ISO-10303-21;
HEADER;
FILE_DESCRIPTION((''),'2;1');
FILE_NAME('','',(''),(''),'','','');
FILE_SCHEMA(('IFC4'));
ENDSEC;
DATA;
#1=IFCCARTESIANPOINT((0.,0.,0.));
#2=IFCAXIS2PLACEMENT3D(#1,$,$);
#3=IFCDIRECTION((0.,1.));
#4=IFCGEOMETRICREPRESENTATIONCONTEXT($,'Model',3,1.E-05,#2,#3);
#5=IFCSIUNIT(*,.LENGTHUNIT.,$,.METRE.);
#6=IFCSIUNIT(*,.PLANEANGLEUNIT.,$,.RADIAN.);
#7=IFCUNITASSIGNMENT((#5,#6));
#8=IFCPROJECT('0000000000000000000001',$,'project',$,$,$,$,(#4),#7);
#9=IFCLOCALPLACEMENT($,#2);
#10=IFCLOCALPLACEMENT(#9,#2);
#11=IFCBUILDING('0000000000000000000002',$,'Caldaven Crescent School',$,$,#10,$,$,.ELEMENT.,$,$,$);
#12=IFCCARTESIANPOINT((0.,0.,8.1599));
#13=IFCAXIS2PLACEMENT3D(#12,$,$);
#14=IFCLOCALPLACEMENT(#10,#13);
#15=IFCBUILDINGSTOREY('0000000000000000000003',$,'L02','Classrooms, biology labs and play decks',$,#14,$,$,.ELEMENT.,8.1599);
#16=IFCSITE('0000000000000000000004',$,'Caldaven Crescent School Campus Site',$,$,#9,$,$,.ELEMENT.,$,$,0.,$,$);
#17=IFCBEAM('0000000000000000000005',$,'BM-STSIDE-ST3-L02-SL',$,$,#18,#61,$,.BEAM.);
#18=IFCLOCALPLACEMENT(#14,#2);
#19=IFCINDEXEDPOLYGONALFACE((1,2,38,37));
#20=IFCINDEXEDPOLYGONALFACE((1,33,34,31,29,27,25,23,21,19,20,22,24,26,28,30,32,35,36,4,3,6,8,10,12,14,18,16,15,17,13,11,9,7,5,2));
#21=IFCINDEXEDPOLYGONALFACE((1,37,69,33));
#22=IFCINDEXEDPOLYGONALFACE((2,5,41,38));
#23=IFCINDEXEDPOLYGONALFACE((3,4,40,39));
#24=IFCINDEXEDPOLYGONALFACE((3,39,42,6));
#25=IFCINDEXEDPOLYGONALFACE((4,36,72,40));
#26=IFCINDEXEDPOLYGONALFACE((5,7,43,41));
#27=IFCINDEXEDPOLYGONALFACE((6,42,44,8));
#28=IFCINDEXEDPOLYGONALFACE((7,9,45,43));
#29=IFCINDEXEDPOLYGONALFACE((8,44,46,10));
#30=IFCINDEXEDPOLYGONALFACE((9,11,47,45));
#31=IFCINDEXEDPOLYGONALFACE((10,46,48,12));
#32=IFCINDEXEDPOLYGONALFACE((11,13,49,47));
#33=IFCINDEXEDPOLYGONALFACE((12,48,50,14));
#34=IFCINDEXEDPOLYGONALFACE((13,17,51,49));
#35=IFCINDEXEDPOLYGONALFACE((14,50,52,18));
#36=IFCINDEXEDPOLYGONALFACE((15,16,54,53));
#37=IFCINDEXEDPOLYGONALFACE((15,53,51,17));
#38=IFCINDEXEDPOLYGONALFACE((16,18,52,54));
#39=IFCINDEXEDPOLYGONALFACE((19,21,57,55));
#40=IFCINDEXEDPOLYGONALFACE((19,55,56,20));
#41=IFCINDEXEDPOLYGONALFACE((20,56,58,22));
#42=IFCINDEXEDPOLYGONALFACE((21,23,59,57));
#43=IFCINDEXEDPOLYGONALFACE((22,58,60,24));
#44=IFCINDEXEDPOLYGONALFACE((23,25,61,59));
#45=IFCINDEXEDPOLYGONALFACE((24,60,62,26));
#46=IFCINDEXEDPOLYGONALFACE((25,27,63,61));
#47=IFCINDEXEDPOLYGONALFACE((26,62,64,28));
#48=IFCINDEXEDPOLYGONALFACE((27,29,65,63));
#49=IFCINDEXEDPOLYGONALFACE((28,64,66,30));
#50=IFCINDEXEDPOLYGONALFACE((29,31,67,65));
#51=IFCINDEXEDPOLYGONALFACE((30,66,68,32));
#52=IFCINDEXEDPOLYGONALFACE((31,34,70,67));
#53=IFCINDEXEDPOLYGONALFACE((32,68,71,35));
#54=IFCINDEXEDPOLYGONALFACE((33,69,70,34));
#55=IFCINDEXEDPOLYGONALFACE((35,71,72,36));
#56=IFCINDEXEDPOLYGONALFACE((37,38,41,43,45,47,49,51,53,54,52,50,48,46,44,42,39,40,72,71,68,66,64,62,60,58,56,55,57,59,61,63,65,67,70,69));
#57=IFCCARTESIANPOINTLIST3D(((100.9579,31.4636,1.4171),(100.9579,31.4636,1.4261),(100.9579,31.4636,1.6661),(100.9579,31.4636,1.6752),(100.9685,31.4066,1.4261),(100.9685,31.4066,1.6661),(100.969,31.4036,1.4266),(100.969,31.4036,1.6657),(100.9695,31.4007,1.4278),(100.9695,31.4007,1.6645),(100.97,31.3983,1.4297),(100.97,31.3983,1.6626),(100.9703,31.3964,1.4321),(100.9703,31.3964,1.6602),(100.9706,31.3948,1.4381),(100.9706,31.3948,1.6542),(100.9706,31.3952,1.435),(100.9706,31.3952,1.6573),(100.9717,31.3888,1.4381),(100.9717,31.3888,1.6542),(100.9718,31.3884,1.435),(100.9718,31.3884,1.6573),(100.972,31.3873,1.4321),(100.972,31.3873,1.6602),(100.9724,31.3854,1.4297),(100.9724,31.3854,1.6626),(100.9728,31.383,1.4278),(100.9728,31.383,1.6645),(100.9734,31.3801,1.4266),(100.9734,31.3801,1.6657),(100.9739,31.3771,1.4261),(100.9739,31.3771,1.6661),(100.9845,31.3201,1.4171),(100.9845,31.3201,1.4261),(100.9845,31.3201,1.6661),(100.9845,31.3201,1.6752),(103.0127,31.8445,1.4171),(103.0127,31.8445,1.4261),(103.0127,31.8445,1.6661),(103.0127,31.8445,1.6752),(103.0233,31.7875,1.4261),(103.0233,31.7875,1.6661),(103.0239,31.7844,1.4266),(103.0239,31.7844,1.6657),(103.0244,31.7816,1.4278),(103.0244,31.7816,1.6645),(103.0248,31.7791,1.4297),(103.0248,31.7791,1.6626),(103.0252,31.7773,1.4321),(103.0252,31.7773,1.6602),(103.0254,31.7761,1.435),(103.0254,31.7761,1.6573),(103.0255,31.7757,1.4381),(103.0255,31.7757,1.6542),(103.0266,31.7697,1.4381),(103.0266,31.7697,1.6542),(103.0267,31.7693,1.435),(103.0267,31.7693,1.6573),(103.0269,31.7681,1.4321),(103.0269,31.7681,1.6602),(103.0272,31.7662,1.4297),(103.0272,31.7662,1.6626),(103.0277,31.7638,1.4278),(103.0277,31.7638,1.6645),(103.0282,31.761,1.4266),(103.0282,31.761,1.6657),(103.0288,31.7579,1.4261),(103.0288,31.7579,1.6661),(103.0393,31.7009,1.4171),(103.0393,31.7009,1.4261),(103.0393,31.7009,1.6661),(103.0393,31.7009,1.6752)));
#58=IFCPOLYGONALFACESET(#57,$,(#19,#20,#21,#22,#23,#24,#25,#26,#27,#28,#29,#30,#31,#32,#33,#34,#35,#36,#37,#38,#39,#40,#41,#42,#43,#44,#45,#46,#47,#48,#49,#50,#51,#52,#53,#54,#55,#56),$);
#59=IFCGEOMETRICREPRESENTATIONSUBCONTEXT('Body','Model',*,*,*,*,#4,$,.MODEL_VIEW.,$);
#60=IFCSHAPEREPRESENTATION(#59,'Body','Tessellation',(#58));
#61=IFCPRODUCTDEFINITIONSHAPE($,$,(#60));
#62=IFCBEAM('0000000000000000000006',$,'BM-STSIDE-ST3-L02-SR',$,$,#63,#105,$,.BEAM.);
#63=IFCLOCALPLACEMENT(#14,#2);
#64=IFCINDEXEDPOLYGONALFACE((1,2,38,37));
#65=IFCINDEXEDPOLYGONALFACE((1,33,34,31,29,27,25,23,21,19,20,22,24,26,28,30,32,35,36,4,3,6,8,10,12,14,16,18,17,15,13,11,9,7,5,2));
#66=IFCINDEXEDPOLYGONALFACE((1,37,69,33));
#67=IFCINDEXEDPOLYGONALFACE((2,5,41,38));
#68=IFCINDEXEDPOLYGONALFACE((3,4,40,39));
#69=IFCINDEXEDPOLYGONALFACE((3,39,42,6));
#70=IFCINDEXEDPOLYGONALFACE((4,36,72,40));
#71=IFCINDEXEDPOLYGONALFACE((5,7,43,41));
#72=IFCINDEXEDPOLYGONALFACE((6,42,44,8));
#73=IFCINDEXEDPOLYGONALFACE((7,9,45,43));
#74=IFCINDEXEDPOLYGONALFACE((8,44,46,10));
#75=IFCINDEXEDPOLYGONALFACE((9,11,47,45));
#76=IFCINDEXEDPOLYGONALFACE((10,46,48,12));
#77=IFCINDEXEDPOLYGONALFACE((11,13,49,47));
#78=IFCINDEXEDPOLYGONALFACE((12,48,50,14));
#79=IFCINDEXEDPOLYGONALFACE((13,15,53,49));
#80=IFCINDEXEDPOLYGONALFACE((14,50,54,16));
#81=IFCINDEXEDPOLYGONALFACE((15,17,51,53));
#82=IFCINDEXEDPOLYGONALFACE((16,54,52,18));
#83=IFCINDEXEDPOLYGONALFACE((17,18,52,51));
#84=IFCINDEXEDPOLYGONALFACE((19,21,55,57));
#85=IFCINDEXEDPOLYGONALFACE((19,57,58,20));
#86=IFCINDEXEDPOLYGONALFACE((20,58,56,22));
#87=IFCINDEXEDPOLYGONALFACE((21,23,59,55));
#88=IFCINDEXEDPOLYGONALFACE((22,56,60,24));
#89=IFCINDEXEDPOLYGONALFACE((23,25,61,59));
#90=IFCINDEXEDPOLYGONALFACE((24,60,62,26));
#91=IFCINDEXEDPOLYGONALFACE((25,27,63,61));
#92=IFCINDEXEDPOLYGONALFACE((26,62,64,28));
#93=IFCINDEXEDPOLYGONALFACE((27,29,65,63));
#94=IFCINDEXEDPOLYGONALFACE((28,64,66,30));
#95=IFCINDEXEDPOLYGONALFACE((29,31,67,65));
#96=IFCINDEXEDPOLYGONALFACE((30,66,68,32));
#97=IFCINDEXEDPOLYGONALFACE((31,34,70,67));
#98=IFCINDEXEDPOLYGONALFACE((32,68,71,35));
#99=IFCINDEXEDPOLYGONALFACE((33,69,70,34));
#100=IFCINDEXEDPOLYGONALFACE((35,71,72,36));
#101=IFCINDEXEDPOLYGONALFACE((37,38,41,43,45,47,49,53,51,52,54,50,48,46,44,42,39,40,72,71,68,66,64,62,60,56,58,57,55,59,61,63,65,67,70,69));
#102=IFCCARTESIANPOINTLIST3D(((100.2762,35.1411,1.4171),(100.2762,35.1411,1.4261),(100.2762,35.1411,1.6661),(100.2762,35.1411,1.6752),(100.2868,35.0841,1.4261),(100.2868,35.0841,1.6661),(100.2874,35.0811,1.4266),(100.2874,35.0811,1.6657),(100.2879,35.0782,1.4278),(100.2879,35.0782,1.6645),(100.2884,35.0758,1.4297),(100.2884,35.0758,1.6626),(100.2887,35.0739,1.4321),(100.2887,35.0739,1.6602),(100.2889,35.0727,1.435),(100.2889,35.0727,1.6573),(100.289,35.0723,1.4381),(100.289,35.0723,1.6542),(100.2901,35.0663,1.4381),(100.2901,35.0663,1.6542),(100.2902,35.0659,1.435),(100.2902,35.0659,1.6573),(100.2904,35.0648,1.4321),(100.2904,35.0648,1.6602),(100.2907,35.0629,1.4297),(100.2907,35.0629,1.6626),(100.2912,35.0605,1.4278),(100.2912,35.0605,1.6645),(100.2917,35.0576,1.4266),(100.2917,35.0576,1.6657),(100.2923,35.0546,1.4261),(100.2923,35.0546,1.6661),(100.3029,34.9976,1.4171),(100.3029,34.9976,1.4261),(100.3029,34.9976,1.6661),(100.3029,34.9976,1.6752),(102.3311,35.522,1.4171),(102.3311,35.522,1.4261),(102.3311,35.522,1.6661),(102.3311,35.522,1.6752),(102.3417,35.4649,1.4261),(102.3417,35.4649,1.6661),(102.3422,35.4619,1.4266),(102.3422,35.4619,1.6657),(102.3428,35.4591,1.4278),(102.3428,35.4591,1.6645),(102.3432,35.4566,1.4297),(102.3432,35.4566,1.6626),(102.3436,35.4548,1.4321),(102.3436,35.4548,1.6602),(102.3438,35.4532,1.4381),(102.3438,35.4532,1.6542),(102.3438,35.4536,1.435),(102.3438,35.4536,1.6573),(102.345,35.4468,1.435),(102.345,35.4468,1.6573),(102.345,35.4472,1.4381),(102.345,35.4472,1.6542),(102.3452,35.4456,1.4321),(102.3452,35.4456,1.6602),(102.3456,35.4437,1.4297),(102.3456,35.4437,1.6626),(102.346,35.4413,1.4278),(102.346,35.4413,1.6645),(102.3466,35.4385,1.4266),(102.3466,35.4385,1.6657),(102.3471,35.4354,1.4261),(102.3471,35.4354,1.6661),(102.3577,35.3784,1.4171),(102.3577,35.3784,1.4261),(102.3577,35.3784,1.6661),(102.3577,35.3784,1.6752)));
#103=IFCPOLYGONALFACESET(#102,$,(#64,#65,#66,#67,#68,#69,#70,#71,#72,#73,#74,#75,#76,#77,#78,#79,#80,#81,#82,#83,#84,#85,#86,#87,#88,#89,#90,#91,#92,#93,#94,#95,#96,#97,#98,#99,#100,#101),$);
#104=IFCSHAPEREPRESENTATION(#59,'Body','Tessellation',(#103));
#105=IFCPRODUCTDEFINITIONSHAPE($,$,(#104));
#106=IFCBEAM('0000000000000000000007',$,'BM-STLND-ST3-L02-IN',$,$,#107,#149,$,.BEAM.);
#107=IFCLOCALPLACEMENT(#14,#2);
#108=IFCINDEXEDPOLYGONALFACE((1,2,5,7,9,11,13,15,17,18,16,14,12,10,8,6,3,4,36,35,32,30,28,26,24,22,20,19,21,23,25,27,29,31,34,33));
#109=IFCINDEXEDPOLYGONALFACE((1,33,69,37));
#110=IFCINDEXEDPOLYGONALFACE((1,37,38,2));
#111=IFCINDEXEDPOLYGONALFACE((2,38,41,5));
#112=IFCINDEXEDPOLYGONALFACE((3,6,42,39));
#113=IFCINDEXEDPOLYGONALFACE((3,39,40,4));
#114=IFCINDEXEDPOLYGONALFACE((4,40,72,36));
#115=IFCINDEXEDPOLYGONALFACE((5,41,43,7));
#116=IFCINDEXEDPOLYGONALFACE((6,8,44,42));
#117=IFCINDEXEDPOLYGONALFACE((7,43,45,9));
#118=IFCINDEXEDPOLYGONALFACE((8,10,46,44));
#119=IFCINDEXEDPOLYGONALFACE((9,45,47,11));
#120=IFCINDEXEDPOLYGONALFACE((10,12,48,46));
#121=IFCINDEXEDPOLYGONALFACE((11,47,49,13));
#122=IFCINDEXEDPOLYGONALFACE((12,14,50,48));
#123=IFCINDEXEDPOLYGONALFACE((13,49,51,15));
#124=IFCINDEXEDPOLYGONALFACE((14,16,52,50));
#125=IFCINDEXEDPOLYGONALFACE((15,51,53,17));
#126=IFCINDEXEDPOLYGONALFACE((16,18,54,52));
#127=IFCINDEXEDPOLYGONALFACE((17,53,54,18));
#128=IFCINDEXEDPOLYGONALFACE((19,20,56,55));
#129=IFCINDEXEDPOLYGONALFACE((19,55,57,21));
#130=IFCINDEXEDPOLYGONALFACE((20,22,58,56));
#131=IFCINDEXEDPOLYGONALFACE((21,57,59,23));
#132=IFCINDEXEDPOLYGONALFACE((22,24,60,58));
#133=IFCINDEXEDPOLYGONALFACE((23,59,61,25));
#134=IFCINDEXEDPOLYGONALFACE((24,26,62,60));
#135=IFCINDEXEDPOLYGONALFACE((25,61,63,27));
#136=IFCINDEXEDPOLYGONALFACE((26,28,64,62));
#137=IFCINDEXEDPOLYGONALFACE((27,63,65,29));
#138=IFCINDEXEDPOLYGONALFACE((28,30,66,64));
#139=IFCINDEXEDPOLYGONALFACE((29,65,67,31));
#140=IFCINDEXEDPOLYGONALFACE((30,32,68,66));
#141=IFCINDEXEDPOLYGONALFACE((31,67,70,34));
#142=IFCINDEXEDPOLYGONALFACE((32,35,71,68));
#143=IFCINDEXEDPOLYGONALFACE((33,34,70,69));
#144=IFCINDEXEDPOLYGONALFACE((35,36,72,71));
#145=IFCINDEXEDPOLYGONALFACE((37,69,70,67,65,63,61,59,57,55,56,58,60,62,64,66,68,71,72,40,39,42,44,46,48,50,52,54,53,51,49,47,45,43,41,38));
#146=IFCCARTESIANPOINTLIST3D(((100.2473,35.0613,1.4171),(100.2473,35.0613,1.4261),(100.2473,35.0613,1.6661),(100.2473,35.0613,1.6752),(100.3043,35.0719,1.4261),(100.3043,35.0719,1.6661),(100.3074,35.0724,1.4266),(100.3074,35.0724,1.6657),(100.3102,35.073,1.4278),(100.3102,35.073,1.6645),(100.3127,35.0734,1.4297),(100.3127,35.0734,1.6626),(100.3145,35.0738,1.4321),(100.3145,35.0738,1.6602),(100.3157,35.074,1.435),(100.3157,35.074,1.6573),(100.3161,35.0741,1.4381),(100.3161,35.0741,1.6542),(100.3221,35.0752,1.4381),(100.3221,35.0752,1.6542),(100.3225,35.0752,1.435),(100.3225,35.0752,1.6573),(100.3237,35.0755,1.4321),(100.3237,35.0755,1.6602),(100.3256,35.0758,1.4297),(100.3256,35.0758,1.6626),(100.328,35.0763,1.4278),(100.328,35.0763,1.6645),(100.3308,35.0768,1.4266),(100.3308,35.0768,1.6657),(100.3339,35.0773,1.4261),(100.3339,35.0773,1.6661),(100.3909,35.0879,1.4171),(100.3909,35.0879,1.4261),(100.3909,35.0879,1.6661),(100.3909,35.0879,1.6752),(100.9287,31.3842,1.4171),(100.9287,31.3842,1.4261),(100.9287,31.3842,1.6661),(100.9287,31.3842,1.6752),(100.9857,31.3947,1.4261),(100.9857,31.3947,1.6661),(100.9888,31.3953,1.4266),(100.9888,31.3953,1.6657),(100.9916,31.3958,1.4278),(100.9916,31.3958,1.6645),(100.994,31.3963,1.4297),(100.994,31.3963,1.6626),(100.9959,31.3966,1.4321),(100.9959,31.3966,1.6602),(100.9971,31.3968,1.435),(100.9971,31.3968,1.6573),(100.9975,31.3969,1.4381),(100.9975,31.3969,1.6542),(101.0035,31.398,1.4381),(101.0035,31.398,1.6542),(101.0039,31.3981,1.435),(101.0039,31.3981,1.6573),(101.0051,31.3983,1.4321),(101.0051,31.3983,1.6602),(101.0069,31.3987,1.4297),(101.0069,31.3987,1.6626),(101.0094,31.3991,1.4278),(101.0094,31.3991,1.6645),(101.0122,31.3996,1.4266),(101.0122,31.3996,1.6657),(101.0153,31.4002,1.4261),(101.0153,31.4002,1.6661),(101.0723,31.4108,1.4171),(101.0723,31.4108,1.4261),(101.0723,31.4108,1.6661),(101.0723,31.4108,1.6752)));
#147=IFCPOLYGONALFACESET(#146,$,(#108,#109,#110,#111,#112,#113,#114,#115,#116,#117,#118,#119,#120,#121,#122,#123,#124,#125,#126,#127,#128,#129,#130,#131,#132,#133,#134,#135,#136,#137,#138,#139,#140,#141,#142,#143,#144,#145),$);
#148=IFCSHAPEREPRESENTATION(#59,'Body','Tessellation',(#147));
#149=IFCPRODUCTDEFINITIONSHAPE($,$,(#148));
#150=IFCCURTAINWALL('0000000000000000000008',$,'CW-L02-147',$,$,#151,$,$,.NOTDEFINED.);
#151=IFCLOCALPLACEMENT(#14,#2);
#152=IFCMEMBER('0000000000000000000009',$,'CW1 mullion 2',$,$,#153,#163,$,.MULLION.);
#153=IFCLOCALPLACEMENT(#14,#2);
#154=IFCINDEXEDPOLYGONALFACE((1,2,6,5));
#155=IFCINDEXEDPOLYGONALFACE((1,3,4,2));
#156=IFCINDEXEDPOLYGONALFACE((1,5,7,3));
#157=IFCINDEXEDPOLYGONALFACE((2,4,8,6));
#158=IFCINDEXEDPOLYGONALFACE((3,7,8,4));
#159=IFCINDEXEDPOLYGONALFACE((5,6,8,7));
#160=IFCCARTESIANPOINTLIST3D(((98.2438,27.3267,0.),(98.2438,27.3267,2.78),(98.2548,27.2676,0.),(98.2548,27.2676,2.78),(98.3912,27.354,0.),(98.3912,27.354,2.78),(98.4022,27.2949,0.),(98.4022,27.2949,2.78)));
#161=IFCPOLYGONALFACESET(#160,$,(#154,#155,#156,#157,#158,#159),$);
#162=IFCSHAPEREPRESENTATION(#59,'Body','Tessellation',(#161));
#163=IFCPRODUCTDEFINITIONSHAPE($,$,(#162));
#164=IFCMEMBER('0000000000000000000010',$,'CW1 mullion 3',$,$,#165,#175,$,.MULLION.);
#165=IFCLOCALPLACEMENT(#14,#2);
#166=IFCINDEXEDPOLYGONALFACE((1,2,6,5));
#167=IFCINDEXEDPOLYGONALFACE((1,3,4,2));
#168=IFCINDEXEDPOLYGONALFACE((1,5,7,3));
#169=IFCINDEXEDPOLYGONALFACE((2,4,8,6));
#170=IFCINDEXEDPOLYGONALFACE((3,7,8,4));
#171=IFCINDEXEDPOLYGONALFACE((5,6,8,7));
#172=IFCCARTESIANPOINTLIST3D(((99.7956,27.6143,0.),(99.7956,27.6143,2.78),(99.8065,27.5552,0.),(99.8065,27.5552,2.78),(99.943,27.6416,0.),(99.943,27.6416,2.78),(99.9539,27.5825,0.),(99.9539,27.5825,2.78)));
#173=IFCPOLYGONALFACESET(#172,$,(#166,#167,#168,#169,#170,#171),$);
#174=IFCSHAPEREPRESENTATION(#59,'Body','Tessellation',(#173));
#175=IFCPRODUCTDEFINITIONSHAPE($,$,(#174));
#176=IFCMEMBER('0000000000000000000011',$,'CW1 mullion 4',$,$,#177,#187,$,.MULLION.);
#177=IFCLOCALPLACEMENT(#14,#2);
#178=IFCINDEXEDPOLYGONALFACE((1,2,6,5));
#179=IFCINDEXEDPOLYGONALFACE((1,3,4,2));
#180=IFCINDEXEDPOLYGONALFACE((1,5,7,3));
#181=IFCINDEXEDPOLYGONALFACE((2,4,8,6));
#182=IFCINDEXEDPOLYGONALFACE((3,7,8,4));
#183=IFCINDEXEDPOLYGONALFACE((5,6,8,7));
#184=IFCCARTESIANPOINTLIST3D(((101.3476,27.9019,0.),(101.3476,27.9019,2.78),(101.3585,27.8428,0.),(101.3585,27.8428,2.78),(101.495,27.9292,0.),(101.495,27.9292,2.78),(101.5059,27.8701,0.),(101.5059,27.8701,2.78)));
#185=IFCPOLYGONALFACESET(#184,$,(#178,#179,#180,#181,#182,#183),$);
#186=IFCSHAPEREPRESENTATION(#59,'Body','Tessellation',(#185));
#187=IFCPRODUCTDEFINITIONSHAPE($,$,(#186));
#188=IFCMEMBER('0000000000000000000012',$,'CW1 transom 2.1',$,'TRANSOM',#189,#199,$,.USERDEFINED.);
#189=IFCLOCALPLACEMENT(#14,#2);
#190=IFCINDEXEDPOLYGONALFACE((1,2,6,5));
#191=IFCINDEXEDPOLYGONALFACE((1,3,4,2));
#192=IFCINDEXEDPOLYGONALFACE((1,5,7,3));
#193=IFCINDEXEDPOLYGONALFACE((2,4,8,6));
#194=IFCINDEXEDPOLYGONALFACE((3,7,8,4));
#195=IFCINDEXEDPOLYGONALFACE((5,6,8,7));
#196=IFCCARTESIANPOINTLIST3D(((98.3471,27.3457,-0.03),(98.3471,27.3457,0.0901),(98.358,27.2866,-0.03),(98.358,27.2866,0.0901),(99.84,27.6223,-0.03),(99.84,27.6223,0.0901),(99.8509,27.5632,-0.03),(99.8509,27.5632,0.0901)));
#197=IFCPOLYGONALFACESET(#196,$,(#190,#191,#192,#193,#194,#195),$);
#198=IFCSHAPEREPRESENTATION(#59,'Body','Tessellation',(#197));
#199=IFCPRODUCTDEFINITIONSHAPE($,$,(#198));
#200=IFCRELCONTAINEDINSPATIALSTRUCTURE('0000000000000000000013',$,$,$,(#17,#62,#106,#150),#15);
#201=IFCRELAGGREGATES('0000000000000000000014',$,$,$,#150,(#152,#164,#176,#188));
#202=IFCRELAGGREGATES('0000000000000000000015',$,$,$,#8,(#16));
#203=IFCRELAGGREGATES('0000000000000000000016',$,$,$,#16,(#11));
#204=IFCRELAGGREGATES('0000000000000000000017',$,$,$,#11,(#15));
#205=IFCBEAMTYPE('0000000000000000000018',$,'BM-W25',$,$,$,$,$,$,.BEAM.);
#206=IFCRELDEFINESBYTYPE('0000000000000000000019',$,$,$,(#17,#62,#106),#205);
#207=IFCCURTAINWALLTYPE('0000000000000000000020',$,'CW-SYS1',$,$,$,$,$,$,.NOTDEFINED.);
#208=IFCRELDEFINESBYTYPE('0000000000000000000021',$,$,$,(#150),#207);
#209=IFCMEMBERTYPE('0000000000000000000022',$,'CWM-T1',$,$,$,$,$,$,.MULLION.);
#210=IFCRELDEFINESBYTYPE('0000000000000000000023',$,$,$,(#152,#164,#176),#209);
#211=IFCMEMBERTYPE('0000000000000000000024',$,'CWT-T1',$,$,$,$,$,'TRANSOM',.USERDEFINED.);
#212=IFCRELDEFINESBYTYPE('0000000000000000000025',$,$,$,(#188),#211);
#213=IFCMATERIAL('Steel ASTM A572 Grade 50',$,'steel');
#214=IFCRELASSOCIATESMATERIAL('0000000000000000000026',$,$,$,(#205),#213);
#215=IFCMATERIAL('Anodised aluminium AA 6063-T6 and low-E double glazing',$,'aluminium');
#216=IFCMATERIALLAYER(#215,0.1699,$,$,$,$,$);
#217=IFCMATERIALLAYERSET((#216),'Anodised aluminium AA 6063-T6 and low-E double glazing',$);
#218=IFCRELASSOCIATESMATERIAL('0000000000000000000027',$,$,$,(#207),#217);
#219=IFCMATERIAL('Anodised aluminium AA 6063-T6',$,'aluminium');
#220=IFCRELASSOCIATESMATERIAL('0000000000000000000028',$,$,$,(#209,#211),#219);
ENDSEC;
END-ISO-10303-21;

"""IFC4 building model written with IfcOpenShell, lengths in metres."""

from ifc_helpers import new_model, si_unit, direction, frame, origin, origin_2d, place, context, subcontext, project, spatial, rectangle, i_section, extrude, material, layer, layer_set, material_profile, profile_set, type_object, element, aggregate, save


model = new_model("IFC4")

# Units and contexts
model_context = context("Model", 3, precision=1e-05, world=origin(), true_north=direction((0.0, 1.0)))
body_context = subcontext(model_context, "Body", "Model", "MODEL_VIEW")
ifc_project = project(units=[si_unit("LENGTHUNIT", "METRE"), si_unit("PLANEANGLEUNIT", "RADIAN")], contexts=[model_context])

# Site, building, storey
site_placement = place(None, origin())
site = spatial("IfcSite", under=ifc_project, at=site_placement, Name="Caldaven Crescent School Campus Site", CompositionType="ELEMENT", RefElevation=0.0)
building_placement = place(site_placement, origin())
building = spatial("IfcBuilding", under=site, at=building_placement, Name="Caldaven Crescent School", CompositionType="ELEMENT")
storey_placement = place(building_placement, frame((0.0, 0.0, 8.1599)))
storey = spatial("IfcBuildingStorey", under=building, at=storey_placement, Name="L02", Description="Classrooms, biology labs and play decks", CompositionType="ELEMENT", Elevation=8.1599)

# Shared definitions
ifc_material_1 = material(Name="Steel ASTM A572 Grade 50", Category="steel")

# Beams
ifc_material_profile_1 = material_profile(ifc_material_1, i_section(OverallWidth=0.146, OverallDepth=0.2581, WebThickness=0.0061, FlangeThickness=0.009, FilletRadius=0.012, at=origin_2d()), Name="W250x33")
ifc_profile_set_1 = profile_set([ifc_material_profile_1], Name="Steel ASTM A572 Grade 50")
beam_type_1 = type_object("IfcBeamType", Name="BM-W25", PredefinedType="BEAM", material=ifc_profile_set_1)
for number, where, z_axis, x_axis, name in (
    (1, (100.9712, 31.3918, 1.5461), (0.983255, 0.182236, 0.0), (-0.182236, 0.983255, 0.0), "BM-STSIDE-ST3-L02-SL"),
    (2, (100.2896, 35.0693, 1.5461), (0.983255, 0.182236, 0.0), (-0.182236, 0.983255, 0.0), "BM-STSIDE-ST3-L02-SR"),
):
    element("IfcBeam", number, at=place(storey_placement, frame(where, z_axis=z_axis, x_axis=x_axis)), inside=storey, type_object=beam_type_1, Name=name, PredefinedType="BEAM", context=body_context, shape_type="SweptSolid", body=[
        extrude(i_section(OverallWidth=0.146, OverallDepth=0.2581, WebThickness=0.0061, FlangeThickness=0.009, FilletRadius=0.012, at=origin_2d()), origin(), (0.0, 0.0, 1.0), 2.0898),
    ])
beam_1_placement = place(storey_placement, frame((101.0005, 31.3975, 1.5461), z_axis=(-0.182199, 0.983262, 0.0), x_axis=(-0.983262, -0.182199, 0.0)))
element("IfcBeam", 3, at=beam_1_placement, inside=storey, type_object=beam_type_1, Name="BM-STLND-ST3-L02-IN", PredefinedType="BEAM", context=body_context, shape_type="SweptSolid", body=[
    extrude(i_section(OverallWidth=0.146, OverallDepth=0.2581, WebThickness=0.0061, FlangeThickness=0.009, FilletRadius=0.012, at=origin_2d()), origin(), (0.0, 0.0, 1.0), 3.7397),
])

# Curtain wall, members
ifc_material_2 = material(Name="Anodised aluminium AA 6063-T6 and low-E double glazing", Category="aluminium")
ifc_layer_1 = layer(ifc_material_2, 0.1699)
ifc_layer_set_1 = layer_set([ifc_layer_1], Name="Anodised aluminium AA 6063-T6 and low-E double glazing")
curtain_wall_type = type_object("IfcCurtainWallType", Name="CW-SYS1", PredefinedType="NOTDEFINED", material=ifc_layer_set_1)
curtain_wall_placement = place(storey_placement, origin())
curtain_wall = element("IfcCurtainWall", 4, at=curtain_wall_placement, inside=storey, type_object=curtain_wall_type, Name="CW-L02-147", PredefinedType="NOTDEFINED")
ifc_material_3 = material(Name="Anodised aluminium AA 6063-T6", Category="aluminium")
ifc_material_profile_2 = material_profile(ifc_material_3, rectangle(XDim=0.0601, YDim=0.1499, at=origin_2d()), Name="CWM 60x150")
ifc_profile_set_2 = profile_set([ifc_material_profile_2], Name="Anodised aluminium AA 6063-T6")
member_type_1 = type_object("IfcMemberType", Name="CWM-T1", PredefinedType="MULLION", material=ifc_profile_set_2)
member_1_placement = place(storey_placement, frame((98.323, 27.3108, 0.0), z_axis=(0.0, 0.0, 1.0), x_axis=(-0.182235, 0.983255, 0.0)))
member_1 = element("IfcMember", 5, at=member_1_placement, type_object=member_type_1, Name="CW1 mullion 2", PredefinedType="MULLION", context=body_context, shape_type="SweptSolid", body=[
    extrude(rectangle(XDim=0.0601, YDim=0.1499, at=origin_2d()), origin(), (0.0, 0.0, 1.0), 2.78),
])
member_2_placement = place(storey_placement, frame((99.8748, 27.5984, 0.0), z_axis=(0.0, 0.0, 1.0), x_axis=(-0.182235, 0.983255, 0.0)))
member_2 = element("IfcMember", 6, at=member_2_placement, type_object=member_type_1, Name="CW1 mullion 3", PredefinedType="MULLION", context=body_context, shape_type="SweptSolid", body=[
    extrude(rectangle(XDim=0.0601, YDim=0.1499, at=origin_2d()), origin(), (0.0, 0.0, 1.0), 2.78),
])
member_3_placement = place(storey_placement, frame((101.4268, 27.886, 0.0), z_axis=(0.0, 0.0, 1.0), x_axis=(-0.182235, 0.983255, 0.0)))
member_3 = element("IfcMember", 7, at=member_3_placement, type_object=member_type_1, Name="CW1 mullion 4", PredefinedType="MULLION", context=body_context, shape_type="SweptSolid", body=[
    extrude(rectangle(XDim=0.0601, YDim=0.1499, at=origin_2d()), origin(), (0.0, 0.0, 1.0), 2.78),
])
ifc_material_profile_3 = material_profile(ifc_material_3, rectangle(XDim=0.0601, YDim=0.1201, at=origin_2d()), Name="CWT 60x120")
ifc_profile_set_3 = profile_set([ifc_material_profile_3], Name="Anodised aluminium AA 6063-T6")
member_type_2 = type_object("IfcMemberType", Name="CWT-T1", ElementType="TRANSOM", PredefinedType="USERDEFINED", material=ifc_profile_set_3)
member_4_placement = place(storey_placement, frame((98.3525, 27.3162, 0.03), z_axis=(0.983265, 0.182181, 0.0), x_axis=(-0.182181, 0.983265, 0.0)))
member_4 = element("IfcMember", 8, at=member_4_placement, type_object=member_type_2, Name="CW1 transom 2.1", ObjectType="TRANSOM", PredefinedType="USERDEFINED", context=body_context, shape_type="SweptSolid", body=[
    extrude(rectangle(XDim=0.0601, YDim=0.1201, at=origin_2d()), origin(), (0.0, 0.0, 1.0), 1.5183),
])

aggregate(curtain_wall, [member_1, member_2, member_3, member_4])

save(model, "model.ifc")
